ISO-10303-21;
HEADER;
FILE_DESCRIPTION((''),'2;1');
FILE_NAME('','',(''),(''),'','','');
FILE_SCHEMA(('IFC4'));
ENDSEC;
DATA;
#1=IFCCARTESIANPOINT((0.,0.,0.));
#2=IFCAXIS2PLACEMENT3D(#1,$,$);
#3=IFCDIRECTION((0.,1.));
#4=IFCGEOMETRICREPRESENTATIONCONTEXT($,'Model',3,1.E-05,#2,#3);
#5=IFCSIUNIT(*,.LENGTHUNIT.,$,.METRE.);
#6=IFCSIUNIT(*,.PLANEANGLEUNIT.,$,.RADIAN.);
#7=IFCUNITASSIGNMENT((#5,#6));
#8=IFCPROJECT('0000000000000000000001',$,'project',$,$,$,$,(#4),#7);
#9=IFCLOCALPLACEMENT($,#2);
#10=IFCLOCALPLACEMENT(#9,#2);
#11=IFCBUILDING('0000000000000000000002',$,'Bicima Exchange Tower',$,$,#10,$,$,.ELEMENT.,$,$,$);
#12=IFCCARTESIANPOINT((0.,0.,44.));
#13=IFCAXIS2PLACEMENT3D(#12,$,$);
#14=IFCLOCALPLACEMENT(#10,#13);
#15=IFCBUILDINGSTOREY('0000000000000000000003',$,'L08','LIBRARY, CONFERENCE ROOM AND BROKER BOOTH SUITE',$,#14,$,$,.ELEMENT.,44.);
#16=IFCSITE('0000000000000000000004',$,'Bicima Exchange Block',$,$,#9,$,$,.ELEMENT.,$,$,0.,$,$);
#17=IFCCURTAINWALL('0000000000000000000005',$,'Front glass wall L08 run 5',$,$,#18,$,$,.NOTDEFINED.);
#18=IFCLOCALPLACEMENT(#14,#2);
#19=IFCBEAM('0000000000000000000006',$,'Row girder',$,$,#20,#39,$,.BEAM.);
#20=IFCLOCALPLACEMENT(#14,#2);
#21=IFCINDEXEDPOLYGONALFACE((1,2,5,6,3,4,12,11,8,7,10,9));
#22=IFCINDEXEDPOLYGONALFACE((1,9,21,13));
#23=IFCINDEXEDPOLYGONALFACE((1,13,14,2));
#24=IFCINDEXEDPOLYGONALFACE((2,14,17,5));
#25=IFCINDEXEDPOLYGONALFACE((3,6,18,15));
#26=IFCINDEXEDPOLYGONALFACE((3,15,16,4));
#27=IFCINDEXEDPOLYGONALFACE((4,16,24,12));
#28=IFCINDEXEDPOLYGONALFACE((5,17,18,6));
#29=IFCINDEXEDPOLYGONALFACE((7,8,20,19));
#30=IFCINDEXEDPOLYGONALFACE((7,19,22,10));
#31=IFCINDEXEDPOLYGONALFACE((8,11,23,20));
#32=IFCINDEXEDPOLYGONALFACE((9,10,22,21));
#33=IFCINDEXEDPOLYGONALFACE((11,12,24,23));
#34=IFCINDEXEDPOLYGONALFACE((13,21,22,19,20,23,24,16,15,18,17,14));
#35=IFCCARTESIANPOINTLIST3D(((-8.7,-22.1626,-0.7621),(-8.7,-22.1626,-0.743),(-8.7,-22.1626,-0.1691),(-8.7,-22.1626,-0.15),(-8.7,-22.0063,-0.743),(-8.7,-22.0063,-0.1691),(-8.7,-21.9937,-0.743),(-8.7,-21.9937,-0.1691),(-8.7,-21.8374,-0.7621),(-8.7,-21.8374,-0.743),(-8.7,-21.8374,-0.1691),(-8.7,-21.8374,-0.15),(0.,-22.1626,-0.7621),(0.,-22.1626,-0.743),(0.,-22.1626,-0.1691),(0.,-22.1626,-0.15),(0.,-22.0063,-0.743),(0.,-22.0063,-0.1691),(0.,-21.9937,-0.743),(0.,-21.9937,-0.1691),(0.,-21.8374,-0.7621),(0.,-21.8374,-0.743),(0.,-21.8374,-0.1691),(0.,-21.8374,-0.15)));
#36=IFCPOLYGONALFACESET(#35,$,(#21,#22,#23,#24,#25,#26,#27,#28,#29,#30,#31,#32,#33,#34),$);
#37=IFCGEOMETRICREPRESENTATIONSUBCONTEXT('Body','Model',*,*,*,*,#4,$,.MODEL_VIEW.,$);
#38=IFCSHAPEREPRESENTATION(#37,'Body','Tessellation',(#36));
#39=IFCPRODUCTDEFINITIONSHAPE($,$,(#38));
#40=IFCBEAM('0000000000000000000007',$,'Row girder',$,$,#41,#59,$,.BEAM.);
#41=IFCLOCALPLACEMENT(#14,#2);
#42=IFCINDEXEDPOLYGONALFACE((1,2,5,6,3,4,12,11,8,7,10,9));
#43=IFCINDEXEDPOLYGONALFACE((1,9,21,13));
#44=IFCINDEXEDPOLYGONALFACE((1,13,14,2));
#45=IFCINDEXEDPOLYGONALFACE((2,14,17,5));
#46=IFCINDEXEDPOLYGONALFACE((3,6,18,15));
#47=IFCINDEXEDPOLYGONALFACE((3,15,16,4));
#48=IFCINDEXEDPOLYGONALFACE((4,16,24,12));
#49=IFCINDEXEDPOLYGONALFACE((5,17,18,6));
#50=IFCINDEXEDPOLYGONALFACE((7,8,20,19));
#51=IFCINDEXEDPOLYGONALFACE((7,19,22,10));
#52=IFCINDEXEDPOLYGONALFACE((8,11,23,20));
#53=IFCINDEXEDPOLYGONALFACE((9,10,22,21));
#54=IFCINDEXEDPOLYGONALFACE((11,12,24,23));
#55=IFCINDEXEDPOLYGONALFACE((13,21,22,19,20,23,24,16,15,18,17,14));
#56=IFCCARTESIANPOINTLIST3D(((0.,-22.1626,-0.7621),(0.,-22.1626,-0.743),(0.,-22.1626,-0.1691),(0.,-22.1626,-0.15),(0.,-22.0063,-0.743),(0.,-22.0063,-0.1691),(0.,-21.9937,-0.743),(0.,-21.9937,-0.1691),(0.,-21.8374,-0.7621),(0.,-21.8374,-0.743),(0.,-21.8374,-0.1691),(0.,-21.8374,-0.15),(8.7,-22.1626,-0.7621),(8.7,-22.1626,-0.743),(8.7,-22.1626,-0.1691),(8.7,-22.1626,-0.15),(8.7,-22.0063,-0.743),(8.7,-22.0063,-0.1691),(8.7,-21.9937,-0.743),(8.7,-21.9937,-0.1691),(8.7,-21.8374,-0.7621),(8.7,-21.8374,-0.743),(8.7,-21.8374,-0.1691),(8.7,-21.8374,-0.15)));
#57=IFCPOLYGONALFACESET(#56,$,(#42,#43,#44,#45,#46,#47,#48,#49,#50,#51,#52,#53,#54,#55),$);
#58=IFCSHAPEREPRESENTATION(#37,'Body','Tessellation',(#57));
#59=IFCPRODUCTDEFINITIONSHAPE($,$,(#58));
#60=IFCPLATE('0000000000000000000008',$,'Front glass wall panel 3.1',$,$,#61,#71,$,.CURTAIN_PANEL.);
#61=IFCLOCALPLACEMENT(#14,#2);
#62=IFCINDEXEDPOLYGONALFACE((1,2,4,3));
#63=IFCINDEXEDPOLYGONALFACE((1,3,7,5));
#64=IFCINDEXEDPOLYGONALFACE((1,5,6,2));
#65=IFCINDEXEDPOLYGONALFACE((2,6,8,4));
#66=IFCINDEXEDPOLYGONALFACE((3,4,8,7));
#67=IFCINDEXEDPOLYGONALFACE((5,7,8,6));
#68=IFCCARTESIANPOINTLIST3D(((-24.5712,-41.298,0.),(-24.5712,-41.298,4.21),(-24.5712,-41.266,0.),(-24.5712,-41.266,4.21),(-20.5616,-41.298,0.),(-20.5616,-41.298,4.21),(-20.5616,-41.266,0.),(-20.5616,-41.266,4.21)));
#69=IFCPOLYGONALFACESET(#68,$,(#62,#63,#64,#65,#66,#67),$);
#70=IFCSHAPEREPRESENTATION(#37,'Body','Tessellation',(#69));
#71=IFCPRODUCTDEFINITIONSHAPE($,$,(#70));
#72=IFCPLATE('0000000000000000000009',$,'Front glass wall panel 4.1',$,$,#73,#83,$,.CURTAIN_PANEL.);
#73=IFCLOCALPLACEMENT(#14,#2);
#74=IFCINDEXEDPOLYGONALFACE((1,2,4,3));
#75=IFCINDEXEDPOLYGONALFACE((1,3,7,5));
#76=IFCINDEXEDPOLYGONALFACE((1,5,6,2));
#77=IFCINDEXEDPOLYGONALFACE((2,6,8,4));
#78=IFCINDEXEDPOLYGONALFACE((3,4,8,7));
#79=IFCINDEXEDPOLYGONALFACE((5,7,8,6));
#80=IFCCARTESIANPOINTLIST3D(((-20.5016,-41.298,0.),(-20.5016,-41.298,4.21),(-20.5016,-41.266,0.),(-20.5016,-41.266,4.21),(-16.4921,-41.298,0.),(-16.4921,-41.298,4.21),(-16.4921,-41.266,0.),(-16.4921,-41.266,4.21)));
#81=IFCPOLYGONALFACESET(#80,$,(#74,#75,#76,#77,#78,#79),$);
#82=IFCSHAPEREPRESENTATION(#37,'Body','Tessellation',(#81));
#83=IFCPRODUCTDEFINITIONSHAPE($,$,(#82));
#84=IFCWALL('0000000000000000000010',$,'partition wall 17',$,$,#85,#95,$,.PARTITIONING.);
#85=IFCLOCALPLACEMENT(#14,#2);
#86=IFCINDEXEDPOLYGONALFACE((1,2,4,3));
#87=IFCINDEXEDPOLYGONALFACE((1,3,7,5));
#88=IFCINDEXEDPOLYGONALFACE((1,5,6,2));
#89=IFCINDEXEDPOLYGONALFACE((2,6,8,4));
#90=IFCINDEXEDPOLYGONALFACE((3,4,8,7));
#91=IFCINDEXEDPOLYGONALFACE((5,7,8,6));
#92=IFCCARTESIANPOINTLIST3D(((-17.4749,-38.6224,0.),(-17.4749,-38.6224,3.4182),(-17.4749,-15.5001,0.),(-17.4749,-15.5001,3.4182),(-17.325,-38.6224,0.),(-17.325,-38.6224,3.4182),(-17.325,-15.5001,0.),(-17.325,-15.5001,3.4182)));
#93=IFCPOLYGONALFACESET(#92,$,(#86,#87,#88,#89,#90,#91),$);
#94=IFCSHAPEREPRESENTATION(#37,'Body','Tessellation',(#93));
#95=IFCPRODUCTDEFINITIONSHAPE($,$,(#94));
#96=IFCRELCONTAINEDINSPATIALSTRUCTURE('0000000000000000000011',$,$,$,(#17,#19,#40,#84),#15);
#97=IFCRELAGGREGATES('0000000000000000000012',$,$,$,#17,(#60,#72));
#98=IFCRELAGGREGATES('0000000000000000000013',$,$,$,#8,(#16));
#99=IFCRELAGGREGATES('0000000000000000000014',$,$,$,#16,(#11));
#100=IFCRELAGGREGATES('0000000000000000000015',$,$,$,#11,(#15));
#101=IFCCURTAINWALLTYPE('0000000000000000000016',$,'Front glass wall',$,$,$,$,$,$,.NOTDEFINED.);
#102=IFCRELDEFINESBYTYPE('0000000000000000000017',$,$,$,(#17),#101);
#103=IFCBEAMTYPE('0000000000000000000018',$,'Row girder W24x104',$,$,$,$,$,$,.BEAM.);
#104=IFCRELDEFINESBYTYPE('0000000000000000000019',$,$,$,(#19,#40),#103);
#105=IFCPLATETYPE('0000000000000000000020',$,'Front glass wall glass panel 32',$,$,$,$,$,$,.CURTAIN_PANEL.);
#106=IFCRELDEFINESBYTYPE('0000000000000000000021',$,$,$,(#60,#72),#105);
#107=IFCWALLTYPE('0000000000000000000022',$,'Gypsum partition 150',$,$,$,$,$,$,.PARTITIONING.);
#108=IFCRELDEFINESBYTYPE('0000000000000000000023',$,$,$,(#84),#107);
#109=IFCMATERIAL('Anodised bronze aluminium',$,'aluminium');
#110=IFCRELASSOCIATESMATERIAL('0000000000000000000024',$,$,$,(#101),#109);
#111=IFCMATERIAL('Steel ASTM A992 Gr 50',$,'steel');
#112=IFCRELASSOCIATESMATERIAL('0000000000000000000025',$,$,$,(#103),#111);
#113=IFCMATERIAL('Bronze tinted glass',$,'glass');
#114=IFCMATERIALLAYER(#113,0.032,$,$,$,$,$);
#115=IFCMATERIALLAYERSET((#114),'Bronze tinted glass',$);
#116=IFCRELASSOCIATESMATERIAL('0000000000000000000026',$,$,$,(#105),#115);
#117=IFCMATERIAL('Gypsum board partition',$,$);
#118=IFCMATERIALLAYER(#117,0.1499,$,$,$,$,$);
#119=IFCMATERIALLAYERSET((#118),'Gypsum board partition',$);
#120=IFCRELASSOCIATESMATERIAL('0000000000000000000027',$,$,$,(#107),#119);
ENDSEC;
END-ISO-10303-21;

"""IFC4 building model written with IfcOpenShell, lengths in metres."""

from ifc_helpers import new_model, si_unit, direction, frame, frame_2d, origin, origin_2d, place, context, subcontext, project, spatial, rectangle, i_section, extrude, material, layer, layer_set, material_profile, profile_set, type_object, element, aggregate, save


model = new_model("IFC4")

# Units and contexts
model_context = context("Model", 3, precision=1e-05, world=origin(), true_north=direction((0.0, 1.0)))
body_context = subcontext(model_context, "Body", "Model", "MODEL_VIEW")
ifc_project = project(units=[si_unit("LENGTHUNIT", "METRE"), si_unit("PLANEANGLEUNIT", "RADIAN")], contexts=[model_context])

# Site, building, storey
site_placement = place(None, origin())
site = spatial("IfcSite", under=ifc_project, at=site_placement, Name="Bicima Exchange Block", CompositionType="ELEMENT", RefElevation=0.0)
building_placement = place(site_placement, origin())
building = spatial("IfcBuilding", under=site, at=building_placement, Name="Bicima Exchange Tower", CompositionType="ELEMENT")
storey_placement = place(building_placement, frame((0.0, 0.0, 44.0)))
storey = spatial("IfcBuildingStorey", under=building, at=storey_placement, Name="L08", Description="LIBRARY, CONFERENCE ROOM AND BROKER BOOTH SUITE", CompositionType="ELEMENT", Elevation=44.0)

# Shared definitions
ifc_material_1 = material(Name="Steel ASTM A992 Gr 50", Category="steel")

# Curtain wall
ifc_material_2 = material(Name="Anodised bronze aluminium", Category="aluminium")
curtain_wall_type = type_object("IfcCurtainWallType", Name="Front glass wall", PredefinedType="NOTDEFINED", material=ifc_material_2)
curtain_wall_1_placement = place(storey_placement, origin())
curtain_wall_1 = element("IfcCurtainWall", 1, at=curtain_wall_1_placement, inside=storey, type_object=curtain_wall_type, Name="Front glass wall L08 run 5", PredefinedType="NOTDEFINED")

# Beams
ifc_material_profile_1 = material_profile(ifc_material_1, i_section(OverallWidth=0.3252, OverallDepth=0.6121, WebThickness=0.0127, FlangeThickness=0.019, at=origin_2d()))
ifc_profile_set_1 = profile_set([ifc_material_profile_1], Name="Steel ASTM A992 Gr 50")
beam_type_1 = type_object("IfcBeamType", Name="Row girder W24x104", PredefinedType="BEAM", material=ifc_profile_set_1)
for number, where, z_axis, x_axis, name in (
    (2, (-8.7, -22.0, -0.4561), (1.0, 0.0, 0.0), (0.0, 1.0, 0.0), "Row girder"),
    (3, (0.0, -22.0, -0.4561), (1.0, 0.0, 0.0), (0.0, 1.0, 0.0), "Row girder"),
):
    element("IfcBeam", number, at=place(storey_placement, frame(where, z_axis=z_axis, x_axis=x_axis)), inside=storey, type_object=beam_type_1, Name=name, PredefinedType="BEAM", context=body_context, shape_type="SweptSolid", body=[
        extrude(i_section(OverallWidth=0.3252, OverallDepth=0.6121, WebThickness=0.0127, FlangeThickness=0.019, at=origin_2d()), origin(), (0.0, 0.0, 1.0), 8.7),
    ])

# Plates
ifc_material_3 = material(Name="Bronze tinted glass", Category="glass")
ifc_layer_1 = layer(ifc_material_3, 0.032)
ifc_layer_set_1 = layer_set([ifc_layer_1], Name="Bronze tinted glass")
plate_type = type_object("IfcPlateType", Name="Front glass wall glass panel 32", PredefinedType="CURTAIN_PANEL", material=ifc_layer_set_1)
plate_1_placement = place(storey_placement, frame((-22.5664, -41.282, 0.0), z_axis=(0.0, 0.0, 1.0), x_axis=(1.0, 0.0, 0.0)))
plate_1 = element("IfcPlate", 4, at=plate_1_placement, type_object=plate_type, Name="Front glass wall panel 3.1", PredefinedType="CURTAIN_PANEL", context=body_context, shape_type="SweptSolid", body=[
    extrude(rectangle(XDim=4.0095, YDim=0.032, at=origin_2d()), origin(), (0.0, 0.0, 1.0), 4.21),
])
plate_2_placement = place(storey_placement, frame((-18.4968, -41.282, 0.0), z_axis=(0.0, 0.0, 1.0), x_axis=(1.0, 0.0, 0.0)))
plate_2 = element("IfcPlate", 5, at=plate_2_placement, type_object=plate_type, Name="Front glass wall panel 4.1", PredefinedType="CURTAIN_PANEL", context=body_context, shape_type="SweptSolid", body=[
    extrude(rectangle(XDim=4.0095, YDim=0.032, at=origin_2d()), origin(), (0.0, 0.0, 1.0), 4.21),
])
aggregate(curtain_wall_1, [plate_1, plate_2])

# Wall
ifc_material_4 = material(Name="Gypsum board partition")
ifc_layer_2 = layer(ifc_material_4, 0.1499)
ifc_layer_set_2 = layer_set([ifc_layer_2], Name="Gypsum board partition")
wall_type = type_object("IfcWallType", Name="Gypsum partition 150", PredefinedType="PARTITIONING", material=ifc_layer_set_2)
wall_placement = place(storey_placement, frame((-17.3999, -38.6223, 0.0), z_axis=(0.0, 0.0, 1.0), x_axis=(0.0, 1.0, 0.0)))
element("IfcWall", 6, at=wall_placement, inside=storey, type_object=wall_type, Name="partition wall 17", PredefinedType="PARTITIONING", context=body_context, shape_type="SweptSolid", body=[
    extrude(rectangle(XDim=23.1223, YDim=0.1499, at=frame_2d((11.561, 0.0))), origin(), (0.0, 0.0, 1.0), 3.4182),
])

save(model, "model.ifc")
